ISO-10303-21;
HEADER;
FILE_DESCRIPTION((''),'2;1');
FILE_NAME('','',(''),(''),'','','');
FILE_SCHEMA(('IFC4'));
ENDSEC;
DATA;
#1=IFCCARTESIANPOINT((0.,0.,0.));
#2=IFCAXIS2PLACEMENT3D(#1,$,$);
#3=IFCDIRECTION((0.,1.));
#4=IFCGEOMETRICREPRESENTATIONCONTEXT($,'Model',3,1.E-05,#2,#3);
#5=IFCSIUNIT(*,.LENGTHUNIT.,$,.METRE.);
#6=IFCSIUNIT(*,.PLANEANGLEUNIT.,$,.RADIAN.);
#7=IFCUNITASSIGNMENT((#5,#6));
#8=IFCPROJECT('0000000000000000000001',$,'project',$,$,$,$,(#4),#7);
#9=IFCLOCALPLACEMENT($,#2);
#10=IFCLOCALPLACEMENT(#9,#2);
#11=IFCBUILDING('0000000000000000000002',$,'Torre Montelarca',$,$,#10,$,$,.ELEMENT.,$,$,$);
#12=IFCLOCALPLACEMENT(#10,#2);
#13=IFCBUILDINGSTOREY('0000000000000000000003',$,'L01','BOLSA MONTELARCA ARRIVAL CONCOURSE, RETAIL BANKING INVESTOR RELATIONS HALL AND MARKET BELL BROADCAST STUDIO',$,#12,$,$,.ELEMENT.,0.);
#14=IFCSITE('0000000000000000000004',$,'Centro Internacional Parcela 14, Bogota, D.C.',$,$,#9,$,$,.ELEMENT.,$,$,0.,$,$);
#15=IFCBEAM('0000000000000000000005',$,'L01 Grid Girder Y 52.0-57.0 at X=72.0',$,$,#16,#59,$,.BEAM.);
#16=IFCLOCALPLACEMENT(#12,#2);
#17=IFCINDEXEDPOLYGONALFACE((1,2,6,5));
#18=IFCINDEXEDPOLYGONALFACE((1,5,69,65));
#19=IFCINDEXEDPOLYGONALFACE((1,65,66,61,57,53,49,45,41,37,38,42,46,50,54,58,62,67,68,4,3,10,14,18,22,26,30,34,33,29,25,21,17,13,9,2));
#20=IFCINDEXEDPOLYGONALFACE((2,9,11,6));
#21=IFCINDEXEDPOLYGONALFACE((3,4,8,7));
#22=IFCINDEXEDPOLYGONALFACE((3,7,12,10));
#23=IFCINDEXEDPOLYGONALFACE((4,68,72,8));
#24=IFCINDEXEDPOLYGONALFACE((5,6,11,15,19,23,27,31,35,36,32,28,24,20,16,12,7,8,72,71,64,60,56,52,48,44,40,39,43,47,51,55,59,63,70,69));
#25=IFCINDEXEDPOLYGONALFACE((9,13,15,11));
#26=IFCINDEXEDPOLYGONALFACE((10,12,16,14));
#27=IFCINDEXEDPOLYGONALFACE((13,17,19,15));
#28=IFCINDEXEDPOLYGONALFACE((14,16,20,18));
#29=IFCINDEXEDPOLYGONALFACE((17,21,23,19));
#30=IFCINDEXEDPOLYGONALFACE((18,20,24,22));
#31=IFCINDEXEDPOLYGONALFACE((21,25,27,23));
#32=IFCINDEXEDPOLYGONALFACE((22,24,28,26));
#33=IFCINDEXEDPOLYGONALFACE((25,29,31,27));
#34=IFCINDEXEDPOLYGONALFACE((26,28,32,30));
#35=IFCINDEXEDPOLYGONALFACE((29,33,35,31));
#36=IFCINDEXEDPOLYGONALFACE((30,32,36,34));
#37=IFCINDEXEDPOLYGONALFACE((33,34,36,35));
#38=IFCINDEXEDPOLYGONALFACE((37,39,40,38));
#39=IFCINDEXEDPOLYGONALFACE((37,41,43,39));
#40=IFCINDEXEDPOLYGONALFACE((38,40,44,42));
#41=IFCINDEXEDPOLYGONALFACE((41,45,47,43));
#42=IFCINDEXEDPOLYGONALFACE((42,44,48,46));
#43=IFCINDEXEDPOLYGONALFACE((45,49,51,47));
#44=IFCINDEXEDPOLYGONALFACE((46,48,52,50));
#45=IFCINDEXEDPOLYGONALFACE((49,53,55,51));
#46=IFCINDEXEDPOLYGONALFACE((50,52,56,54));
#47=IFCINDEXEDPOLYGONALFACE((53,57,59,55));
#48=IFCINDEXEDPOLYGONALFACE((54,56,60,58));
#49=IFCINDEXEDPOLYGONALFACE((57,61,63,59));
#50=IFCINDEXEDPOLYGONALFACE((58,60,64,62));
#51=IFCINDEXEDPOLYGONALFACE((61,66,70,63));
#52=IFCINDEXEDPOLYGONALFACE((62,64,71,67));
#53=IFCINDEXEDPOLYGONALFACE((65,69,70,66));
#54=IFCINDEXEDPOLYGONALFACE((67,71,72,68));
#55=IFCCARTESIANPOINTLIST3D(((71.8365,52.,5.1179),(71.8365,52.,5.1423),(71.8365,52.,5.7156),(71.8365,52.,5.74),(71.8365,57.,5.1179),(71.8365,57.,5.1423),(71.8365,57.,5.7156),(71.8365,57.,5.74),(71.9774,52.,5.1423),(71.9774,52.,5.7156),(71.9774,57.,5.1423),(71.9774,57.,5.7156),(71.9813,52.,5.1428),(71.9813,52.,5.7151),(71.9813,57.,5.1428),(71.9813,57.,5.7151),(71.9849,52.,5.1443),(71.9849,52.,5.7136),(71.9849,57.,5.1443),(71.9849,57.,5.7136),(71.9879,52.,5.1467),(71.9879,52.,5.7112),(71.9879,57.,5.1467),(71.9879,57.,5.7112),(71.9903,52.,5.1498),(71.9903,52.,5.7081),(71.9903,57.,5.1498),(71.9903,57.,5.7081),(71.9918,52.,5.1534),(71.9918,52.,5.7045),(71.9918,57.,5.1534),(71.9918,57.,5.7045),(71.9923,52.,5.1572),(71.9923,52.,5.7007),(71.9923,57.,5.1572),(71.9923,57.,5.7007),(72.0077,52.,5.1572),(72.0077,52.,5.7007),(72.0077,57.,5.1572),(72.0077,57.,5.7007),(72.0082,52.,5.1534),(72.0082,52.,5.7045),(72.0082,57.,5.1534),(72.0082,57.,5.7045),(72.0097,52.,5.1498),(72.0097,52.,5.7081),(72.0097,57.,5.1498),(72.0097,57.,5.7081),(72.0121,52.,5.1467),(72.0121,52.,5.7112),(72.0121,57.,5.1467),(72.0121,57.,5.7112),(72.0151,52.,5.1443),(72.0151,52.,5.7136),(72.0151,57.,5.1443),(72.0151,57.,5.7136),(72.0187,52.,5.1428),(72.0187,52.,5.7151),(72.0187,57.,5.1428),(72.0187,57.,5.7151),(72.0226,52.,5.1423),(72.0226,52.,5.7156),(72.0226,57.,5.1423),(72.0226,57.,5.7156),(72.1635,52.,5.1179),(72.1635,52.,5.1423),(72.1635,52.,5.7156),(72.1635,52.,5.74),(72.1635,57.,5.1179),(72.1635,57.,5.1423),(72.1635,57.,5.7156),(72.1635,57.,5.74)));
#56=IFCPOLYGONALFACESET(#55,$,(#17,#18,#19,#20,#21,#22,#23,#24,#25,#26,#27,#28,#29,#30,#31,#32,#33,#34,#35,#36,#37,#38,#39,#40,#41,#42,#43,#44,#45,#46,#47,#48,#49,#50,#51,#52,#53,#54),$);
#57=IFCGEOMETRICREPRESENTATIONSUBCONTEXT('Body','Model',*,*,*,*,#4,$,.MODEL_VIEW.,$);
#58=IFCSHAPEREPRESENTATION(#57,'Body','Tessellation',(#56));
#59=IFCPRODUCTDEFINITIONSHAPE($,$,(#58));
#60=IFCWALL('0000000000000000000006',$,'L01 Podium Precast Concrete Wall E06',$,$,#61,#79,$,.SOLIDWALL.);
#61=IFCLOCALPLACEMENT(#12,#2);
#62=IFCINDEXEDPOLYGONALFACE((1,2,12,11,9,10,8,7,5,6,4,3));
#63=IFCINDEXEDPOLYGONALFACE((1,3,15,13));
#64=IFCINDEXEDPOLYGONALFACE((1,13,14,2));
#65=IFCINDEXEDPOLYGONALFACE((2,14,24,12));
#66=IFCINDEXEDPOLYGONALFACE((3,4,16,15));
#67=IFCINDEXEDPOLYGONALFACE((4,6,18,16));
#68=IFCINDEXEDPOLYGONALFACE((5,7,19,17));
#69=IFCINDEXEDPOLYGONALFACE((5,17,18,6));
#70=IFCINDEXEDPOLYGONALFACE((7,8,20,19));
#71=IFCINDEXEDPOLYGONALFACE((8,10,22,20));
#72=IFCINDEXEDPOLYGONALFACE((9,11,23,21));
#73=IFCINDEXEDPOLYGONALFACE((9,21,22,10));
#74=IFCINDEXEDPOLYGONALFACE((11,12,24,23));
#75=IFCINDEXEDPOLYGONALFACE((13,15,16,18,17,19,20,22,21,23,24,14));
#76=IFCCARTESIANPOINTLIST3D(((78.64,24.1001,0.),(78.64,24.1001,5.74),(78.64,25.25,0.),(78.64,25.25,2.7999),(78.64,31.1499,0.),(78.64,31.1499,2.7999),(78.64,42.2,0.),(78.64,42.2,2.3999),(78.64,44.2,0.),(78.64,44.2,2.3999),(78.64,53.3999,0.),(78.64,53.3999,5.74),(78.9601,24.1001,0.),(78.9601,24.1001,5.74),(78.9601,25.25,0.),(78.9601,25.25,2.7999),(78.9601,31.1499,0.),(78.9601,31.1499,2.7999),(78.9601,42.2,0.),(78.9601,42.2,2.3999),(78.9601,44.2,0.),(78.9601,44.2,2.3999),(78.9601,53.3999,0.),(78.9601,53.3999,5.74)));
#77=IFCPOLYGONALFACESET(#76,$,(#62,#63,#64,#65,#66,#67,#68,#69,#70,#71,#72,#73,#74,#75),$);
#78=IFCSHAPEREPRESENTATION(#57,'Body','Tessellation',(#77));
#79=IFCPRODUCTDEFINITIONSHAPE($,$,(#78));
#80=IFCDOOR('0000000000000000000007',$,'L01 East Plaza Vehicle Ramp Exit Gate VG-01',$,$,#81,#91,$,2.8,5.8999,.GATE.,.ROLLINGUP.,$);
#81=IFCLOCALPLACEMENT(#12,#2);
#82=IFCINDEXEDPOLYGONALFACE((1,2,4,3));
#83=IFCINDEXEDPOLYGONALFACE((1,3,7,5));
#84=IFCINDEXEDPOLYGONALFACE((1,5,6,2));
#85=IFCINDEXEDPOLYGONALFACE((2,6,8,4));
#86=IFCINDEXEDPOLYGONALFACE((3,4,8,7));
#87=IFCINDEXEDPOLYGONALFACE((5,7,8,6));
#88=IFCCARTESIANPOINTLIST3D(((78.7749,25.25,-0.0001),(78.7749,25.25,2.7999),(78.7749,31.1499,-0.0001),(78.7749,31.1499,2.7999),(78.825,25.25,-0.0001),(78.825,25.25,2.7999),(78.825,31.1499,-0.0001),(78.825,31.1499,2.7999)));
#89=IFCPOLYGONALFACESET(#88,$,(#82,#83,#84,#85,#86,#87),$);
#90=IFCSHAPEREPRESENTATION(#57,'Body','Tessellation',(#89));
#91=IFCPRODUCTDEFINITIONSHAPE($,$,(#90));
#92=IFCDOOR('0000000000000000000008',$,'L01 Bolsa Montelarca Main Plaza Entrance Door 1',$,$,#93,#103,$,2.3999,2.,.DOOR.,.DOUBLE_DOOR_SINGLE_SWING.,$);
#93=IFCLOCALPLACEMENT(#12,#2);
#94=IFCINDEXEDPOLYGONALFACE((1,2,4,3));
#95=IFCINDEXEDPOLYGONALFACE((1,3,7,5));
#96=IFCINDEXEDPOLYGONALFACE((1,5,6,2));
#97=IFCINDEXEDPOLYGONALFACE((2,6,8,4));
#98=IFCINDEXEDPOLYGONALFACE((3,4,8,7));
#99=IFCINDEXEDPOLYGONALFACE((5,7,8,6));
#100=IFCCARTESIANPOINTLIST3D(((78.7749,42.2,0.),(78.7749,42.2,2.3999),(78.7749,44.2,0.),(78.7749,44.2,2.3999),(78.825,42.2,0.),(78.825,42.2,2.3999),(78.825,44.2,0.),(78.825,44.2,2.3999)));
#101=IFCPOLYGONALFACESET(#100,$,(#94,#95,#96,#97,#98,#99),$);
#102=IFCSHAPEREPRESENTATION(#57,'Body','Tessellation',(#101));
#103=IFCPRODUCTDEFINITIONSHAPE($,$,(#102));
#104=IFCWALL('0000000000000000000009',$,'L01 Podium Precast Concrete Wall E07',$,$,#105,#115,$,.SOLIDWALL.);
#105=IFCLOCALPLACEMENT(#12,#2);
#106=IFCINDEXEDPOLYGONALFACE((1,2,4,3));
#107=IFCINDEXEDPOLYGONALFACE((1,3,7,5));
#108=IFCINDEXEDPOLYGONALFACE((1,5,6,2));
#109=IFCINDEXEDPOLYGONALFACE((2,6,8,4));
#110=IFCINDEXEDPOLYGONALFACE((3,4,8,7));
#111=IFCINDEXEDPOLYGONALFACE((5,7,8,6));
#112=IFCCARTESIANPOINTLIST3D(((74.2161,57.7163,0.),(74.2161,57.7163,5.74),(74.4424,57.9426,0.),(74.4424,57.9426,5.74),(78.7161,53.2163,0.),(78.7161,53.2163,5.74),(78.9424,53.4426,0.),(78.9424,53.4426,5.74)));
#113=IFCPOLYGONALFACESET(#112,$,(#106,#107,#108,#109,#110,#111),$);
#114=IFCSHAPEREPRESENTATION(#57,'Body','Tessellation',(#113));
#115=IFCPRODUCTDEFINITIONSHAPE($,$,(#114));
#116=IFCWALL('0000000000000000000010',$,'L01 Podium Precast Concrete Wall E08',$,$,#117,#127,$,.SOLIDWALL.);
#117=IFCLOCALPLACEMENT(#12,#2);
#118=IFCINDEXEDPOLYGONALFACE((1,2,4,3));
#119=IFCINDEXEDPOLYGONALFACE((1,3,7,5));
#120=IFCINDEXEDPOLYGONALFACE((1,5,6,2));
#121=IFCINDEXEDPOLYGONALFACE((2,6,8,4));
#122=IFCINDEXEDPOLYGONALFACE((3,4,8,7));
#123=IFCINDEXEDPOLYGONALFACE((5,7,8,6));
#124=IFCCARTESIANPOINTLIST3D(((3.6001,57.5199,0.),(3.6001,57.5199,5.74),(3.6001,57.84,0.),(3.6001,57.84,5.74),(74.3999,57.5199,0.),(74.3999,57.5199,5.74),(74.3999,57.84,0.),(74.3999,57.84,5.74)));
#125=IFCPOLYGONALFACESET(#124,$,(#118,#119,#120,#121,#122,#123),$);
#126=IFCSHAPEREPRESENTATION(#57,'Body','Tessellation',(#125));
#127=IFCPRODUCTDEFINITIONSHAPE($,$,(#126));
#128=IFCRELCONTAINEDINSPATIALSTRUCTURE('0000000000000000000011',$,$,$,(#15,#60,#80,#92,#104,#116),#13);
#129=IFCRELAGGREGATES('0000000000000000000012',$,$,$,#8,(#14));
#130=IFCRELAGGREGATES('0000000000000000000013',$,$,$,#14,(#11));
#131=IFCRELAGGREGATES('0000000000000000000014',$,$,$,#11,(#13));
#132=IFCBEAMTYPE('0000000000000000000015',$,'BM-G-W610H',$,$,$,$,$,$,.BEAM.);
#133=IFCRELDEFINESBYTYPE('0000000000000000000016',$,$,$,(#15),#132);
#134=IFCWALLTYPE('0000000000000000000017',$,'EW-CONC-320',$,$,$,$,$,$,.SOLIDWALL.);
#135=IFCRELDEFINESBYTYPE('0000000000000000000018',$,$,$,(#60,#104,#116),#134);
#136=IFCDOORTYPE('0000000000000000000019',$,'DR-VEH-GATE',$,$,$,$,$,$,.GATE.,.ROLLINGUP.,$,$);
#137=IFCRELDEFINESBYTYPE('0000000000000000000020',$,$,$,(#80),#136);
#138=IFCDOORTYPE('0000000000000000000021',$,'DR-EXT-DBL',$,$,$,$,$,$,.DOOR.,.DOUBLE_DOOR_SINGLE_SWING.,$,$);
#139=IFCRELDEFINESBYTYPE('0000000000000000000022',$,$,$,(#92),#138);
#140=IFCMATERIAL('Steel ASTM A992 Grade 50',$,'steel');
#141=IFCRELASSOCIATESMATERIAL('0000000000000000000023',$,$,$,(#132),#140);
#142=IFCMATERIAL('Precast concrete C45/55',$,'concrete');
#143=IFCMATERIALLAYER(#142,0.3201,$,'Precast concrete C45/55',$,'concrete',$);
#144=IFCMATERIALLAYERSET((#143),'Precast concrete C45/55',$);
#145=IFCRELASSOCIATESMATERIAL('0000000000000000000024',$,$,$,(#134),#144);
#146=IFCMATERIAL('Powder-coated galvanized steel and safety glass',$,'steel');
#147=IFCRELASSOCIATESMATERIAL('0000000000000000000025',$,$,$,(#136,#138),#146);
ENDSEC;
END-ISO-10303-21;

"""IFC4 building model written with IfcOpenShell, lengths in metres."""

from ifc_helpers import new_model, si_unit, direction, frame, frame_2d, origin, origin_2d, place, context, subcontext, project, spatial, rectangle, i_section, extrude, source, transform, mapped, material, layer, layer_set, material_profile, profile_set, type_object, element, fill, save


model = new_model("IFC4")

# Units and contexts
model_context = context("Model", 3, precision=1e-05, world=origin(), true_north=direction((0.0, 1.0)))
body_context = subcontext(model_context, "Body", "Model", "MODEL_VIEW")
ifc_project = project(units=[si_unit("LENGTHUNIT", "METRE"), si_unit("PLANEANGLEUNIT", "RADIAN")], contexts=[model_context])

# Site, building, storey
site_placement = place(None, origin())
site = spatial("IfcSite", under=ifc_project, at=site_placement, Name="Centro Internacional Parcela 14, Bogota, D.C.", CompositionType="ELEMENT", RefElevation=0.0)
building_placement = place(site_placement, origin())
building = spatial("IfcBuilding", under=site, at=building_placement, Name="Torre Montelarca", CompositionType="ELEMENT")
storey_placement = place(building_placement, origin())
storey = spatial("IfcBuildingStorey", under=building, at=storey_placement, Name="L01", Description="BOLSA MONTELARCA ARRIVAL CONCOURSE, RETAIL BANKING INVESTOR RELATIONS HALL AND MARKET BELL BROADCAST STUDIO", CompositionType="ELEMENT", Elevation=0.0)

# Beam
ifc_material_1 = material(Name="Steel ASTM A992 Grade 50", Category="steel")
ifc_material_profile_1 = material_profile(ifc_material_1, i_section(OverallWidth=0.3269, OverallDepth=0.6221, WebThickness=0.0154, FlangeThickness=0.0244, FilletRadius=0.0149, at=origin_2d()), Name="W610X195", Category="steel")
ifc_profile_set_1 = profile_set([ifc_material_profile_1], Name="Steel ASTM A992 Grade 50")
beam_type_1 = type_object("IfcBeamType", Name="BM-G-W610H", PredefinedType="BEAM", material=ifc_profile_set_1)
shared_shape_1 = source(origin(), body_context, "Body", "SweptSolid", [
    extrude(i_section(OverallWidth=0.3269, OverallDepth=0.6221, WebThickness=0.0154, FlangeThickness=0.0244, FilletRadius=0.0149, at=origin_2d()), origin(), (0.0, 0.0, 1.0), 5.0),
])
for number, where, z_axis, x_axis, name in (
    (1, (72.0, 52.0, 5.429), (0.0, 1.0, 0.0), (-1.0, 0.0, 0.0), "L01 Grid Girder Y 52.0-57.0 at X=72.0"),
):
    element("IfcBeam", number, at=place(storey_placement, frame(where, z_axis=z_axis, x_axis=x_axis)), inside=storey, type_object=beam_type_1, Name=name, PredefinedType="BEAM", context=body_context, shape_type="MappedRepresentation", body=[
        mapped(shared_shape_1, transform((0.0, 0.0, 0.0), scale=1.0)),
    ])

# Wall, openings, doors
ifc_material_2 = material(Name="Precast concrete C45/55", Category="concrete")
ifc_layer = layer(ifc_material_2, 0.3201, Name="Precast concrete C45/55", Category="concrete")
ifc_layer_set = layer_set([ifc_layer], Name="Precast concrete C45/55")
wall_type = type_object("IfcWallType", Name="EW-CONC-320", PredefinedType="SOLIDWALL", material=ifc_layer_set)
wall_1_placement = place(storey_placement, frame((78.8, 53.3999, 0.0), z_axis=(0.0, 0.0, 1.0), x_axis=(0.0, -1.0, 0.0)))
wall_1 = element("IfcWall", 2, at=wall_1_placement, inside=storey, type_object=wall_type, Name="L01 Podium Precast Concrete Wall E06", PredefinedType="SOLIDWALL", context=body_context, shape_type="SweptSolid", body=[
    extrude(rectangle(XDim=29.2998, YDim=0.3201, at=frame_2d((14.6499, 0.0))), origin(), (0.0, 0.0, 1.0), 5.74),
])
opening_1_placement = place(wall_1_placement, frame((22.25, 0.0, 0.0)))
opening_1 = element("IfcOpeningElement", 3, at=opening_1_placement, cuts=wall_1, PredefinedType="OPENING", context=body_context, shape_type="SweptSolid", body=[
    extrude(rectangle(XDim=5.8999, YDim=2.8, at=frame_2d((2.95, 1.3999))), frame((0.0, 0.1699, 0.0), z_axis=(0.0, -1.0, 0.0), x_axis=(1.0, 0.0, 0.0)), (0.0, 0.0, 1.0), 0.3401),
])
opening_2_placement = place(wall_1_placement, frame((9.2, 0.0, 0.0)))
opening_2 = element("IfcOpeningElement", 4, at=opening_2_placement, cuts=wall_1, PredefinedType="OPENING", context=body_context, shape_type="SweptSolid", body=[
    extrude(rectangle(XDim=2.0, YDim=2.3999, at=frame_2d((1.0, 1.2))), frame((0.0, 0.1699, 0.0), z_axis=(0.0, -1.0, 0.0), x_axis=(1.0, 0.0, 0.0)), (0.0, 0.0, 1.0), 0.3401),
])
ifc_material_3 = material(Name="Powder-coated galvanized steel and safety glass", Category="steel")
door_type_1 = type_object("IfcDoorType", Name="DR-VEH-GATE", OperationType="ROLLINGUP", PredefinedType="GATE", material=ifc_material_3)
shared_shape_2 = source(origin(), body_context, "Body", "SweptSolid", [
    extrude(rectangle(XDim=5.8999, YDim=2.8, at=frame_2d((2.95, 1.3999))), frame((0.0, 0.0249, 0.0), z_axis=(0.0, -1.0, 0.0), x_axis=(1.0, 0.0, 0.0)), (0.0, 0.0, 1.0), 0.05),
])
door_1_placement = place(opening_1_placement, origin())
door_1 = element("IfcDoor", 5, at=door_1_placement, inside=storey, type_object=door_type_1, Name="L01 East Plaza Vehicle Ramp Exit Gate VG-01", OperationType="ROLLINGUP", OverallHeight=2.8, OverallWidth=5.8999, PredefinedType="GATE", context=body_context, shape_type="MappedRepresentation", body=[
    mapped(shared_shape_2, transform((0.0, 0.0, 0.0), scale=1.0)),
])
fill(opening_1, door_1)
door_type_2 = type_object("IfcDoorType", Name="DR-EXT-DBL", OperationType="DOUBLE_DOOR_SINGLE_SWING", PredefinedType="DOOR", material=ifc_material_3)
shared_shape_3 = source(origin(), body_context, "Body", "SweptSolid", [
    extrude(rectangle(XDim=2.0, YDim=2.3999, at=frame_2d((1.0, 1.2))), frame((0.0, 0.0249, 0.0), z_axis=(0.0, -1.0, 0.0), x_axis=(1.0, 0.0, 0.0)), (0.0, 0.0, 1.0), 0.05),
])
door_2_placement = place(opening_2_placement, origin())
door_2 = element("IfcDoor", 6, at=door_2_placement, inside=storey, type_object=door_type_2, Name="L01 Bolsa Montelarca Main Plaza Entrance Door 1", OperationType="DOUBLE_DOOR_SINGLE_SWING", OverallHeight=2.3999, OverallWidth=2.0, PredefinedType="DOOR", context=body_context, shape_type="MappedRepresentation", body=[
    mapped(shared_shape_3, transform((0.0, 0.0, 0.0), scale=1.0)),
])
fill(opening_2, door_2)

# Walls
wall_2_placement = place(storey_placement, frame((78.8293, 53.3293, 0.0), z_axis=(0.0, 0.0, 1.0), x_axis=(-0.707107, 0.707107, 0.0)))
element("IfcWall", 7, at=wall_2_placement, inside=storey, type_object=wall_type, Name="L01 Podium Precast Concrete Wall E07", PredefinedType="SOLIDWALL", context=body_context, shape_type="SweptSolid", body=[
    extrude(rectangle(XDim=6.364, YDim=0.3201, at=frame_2d((3.1821, 0.0))), origin(), (0.0, 0.0, 1.0), 5.74),
])
wall_3_placement = place(storey_placement, frame((74.3999, 57.6799, 0.0), z_axis=(0.0, 0.0, 1.0), x_axis=(-1.0, 0.0, 0.0)))
element("IfcWall", 8, at=wall_3_placement, inside=storey, type_object=wall_type, Name="L01 Podium Precast Concrete Wall E08", PredefinedType="SOLIDWALL", context=body_context, shape_type="SweptSolid", body=[
    extrude(rectangle(XDim=70.7998, YDim=0.3201, at=frame_2d((35.3999, 0.0))), origin(), (0.0, 0.0, 1.0), 5.74),
])

save(model, "model.ifc")
